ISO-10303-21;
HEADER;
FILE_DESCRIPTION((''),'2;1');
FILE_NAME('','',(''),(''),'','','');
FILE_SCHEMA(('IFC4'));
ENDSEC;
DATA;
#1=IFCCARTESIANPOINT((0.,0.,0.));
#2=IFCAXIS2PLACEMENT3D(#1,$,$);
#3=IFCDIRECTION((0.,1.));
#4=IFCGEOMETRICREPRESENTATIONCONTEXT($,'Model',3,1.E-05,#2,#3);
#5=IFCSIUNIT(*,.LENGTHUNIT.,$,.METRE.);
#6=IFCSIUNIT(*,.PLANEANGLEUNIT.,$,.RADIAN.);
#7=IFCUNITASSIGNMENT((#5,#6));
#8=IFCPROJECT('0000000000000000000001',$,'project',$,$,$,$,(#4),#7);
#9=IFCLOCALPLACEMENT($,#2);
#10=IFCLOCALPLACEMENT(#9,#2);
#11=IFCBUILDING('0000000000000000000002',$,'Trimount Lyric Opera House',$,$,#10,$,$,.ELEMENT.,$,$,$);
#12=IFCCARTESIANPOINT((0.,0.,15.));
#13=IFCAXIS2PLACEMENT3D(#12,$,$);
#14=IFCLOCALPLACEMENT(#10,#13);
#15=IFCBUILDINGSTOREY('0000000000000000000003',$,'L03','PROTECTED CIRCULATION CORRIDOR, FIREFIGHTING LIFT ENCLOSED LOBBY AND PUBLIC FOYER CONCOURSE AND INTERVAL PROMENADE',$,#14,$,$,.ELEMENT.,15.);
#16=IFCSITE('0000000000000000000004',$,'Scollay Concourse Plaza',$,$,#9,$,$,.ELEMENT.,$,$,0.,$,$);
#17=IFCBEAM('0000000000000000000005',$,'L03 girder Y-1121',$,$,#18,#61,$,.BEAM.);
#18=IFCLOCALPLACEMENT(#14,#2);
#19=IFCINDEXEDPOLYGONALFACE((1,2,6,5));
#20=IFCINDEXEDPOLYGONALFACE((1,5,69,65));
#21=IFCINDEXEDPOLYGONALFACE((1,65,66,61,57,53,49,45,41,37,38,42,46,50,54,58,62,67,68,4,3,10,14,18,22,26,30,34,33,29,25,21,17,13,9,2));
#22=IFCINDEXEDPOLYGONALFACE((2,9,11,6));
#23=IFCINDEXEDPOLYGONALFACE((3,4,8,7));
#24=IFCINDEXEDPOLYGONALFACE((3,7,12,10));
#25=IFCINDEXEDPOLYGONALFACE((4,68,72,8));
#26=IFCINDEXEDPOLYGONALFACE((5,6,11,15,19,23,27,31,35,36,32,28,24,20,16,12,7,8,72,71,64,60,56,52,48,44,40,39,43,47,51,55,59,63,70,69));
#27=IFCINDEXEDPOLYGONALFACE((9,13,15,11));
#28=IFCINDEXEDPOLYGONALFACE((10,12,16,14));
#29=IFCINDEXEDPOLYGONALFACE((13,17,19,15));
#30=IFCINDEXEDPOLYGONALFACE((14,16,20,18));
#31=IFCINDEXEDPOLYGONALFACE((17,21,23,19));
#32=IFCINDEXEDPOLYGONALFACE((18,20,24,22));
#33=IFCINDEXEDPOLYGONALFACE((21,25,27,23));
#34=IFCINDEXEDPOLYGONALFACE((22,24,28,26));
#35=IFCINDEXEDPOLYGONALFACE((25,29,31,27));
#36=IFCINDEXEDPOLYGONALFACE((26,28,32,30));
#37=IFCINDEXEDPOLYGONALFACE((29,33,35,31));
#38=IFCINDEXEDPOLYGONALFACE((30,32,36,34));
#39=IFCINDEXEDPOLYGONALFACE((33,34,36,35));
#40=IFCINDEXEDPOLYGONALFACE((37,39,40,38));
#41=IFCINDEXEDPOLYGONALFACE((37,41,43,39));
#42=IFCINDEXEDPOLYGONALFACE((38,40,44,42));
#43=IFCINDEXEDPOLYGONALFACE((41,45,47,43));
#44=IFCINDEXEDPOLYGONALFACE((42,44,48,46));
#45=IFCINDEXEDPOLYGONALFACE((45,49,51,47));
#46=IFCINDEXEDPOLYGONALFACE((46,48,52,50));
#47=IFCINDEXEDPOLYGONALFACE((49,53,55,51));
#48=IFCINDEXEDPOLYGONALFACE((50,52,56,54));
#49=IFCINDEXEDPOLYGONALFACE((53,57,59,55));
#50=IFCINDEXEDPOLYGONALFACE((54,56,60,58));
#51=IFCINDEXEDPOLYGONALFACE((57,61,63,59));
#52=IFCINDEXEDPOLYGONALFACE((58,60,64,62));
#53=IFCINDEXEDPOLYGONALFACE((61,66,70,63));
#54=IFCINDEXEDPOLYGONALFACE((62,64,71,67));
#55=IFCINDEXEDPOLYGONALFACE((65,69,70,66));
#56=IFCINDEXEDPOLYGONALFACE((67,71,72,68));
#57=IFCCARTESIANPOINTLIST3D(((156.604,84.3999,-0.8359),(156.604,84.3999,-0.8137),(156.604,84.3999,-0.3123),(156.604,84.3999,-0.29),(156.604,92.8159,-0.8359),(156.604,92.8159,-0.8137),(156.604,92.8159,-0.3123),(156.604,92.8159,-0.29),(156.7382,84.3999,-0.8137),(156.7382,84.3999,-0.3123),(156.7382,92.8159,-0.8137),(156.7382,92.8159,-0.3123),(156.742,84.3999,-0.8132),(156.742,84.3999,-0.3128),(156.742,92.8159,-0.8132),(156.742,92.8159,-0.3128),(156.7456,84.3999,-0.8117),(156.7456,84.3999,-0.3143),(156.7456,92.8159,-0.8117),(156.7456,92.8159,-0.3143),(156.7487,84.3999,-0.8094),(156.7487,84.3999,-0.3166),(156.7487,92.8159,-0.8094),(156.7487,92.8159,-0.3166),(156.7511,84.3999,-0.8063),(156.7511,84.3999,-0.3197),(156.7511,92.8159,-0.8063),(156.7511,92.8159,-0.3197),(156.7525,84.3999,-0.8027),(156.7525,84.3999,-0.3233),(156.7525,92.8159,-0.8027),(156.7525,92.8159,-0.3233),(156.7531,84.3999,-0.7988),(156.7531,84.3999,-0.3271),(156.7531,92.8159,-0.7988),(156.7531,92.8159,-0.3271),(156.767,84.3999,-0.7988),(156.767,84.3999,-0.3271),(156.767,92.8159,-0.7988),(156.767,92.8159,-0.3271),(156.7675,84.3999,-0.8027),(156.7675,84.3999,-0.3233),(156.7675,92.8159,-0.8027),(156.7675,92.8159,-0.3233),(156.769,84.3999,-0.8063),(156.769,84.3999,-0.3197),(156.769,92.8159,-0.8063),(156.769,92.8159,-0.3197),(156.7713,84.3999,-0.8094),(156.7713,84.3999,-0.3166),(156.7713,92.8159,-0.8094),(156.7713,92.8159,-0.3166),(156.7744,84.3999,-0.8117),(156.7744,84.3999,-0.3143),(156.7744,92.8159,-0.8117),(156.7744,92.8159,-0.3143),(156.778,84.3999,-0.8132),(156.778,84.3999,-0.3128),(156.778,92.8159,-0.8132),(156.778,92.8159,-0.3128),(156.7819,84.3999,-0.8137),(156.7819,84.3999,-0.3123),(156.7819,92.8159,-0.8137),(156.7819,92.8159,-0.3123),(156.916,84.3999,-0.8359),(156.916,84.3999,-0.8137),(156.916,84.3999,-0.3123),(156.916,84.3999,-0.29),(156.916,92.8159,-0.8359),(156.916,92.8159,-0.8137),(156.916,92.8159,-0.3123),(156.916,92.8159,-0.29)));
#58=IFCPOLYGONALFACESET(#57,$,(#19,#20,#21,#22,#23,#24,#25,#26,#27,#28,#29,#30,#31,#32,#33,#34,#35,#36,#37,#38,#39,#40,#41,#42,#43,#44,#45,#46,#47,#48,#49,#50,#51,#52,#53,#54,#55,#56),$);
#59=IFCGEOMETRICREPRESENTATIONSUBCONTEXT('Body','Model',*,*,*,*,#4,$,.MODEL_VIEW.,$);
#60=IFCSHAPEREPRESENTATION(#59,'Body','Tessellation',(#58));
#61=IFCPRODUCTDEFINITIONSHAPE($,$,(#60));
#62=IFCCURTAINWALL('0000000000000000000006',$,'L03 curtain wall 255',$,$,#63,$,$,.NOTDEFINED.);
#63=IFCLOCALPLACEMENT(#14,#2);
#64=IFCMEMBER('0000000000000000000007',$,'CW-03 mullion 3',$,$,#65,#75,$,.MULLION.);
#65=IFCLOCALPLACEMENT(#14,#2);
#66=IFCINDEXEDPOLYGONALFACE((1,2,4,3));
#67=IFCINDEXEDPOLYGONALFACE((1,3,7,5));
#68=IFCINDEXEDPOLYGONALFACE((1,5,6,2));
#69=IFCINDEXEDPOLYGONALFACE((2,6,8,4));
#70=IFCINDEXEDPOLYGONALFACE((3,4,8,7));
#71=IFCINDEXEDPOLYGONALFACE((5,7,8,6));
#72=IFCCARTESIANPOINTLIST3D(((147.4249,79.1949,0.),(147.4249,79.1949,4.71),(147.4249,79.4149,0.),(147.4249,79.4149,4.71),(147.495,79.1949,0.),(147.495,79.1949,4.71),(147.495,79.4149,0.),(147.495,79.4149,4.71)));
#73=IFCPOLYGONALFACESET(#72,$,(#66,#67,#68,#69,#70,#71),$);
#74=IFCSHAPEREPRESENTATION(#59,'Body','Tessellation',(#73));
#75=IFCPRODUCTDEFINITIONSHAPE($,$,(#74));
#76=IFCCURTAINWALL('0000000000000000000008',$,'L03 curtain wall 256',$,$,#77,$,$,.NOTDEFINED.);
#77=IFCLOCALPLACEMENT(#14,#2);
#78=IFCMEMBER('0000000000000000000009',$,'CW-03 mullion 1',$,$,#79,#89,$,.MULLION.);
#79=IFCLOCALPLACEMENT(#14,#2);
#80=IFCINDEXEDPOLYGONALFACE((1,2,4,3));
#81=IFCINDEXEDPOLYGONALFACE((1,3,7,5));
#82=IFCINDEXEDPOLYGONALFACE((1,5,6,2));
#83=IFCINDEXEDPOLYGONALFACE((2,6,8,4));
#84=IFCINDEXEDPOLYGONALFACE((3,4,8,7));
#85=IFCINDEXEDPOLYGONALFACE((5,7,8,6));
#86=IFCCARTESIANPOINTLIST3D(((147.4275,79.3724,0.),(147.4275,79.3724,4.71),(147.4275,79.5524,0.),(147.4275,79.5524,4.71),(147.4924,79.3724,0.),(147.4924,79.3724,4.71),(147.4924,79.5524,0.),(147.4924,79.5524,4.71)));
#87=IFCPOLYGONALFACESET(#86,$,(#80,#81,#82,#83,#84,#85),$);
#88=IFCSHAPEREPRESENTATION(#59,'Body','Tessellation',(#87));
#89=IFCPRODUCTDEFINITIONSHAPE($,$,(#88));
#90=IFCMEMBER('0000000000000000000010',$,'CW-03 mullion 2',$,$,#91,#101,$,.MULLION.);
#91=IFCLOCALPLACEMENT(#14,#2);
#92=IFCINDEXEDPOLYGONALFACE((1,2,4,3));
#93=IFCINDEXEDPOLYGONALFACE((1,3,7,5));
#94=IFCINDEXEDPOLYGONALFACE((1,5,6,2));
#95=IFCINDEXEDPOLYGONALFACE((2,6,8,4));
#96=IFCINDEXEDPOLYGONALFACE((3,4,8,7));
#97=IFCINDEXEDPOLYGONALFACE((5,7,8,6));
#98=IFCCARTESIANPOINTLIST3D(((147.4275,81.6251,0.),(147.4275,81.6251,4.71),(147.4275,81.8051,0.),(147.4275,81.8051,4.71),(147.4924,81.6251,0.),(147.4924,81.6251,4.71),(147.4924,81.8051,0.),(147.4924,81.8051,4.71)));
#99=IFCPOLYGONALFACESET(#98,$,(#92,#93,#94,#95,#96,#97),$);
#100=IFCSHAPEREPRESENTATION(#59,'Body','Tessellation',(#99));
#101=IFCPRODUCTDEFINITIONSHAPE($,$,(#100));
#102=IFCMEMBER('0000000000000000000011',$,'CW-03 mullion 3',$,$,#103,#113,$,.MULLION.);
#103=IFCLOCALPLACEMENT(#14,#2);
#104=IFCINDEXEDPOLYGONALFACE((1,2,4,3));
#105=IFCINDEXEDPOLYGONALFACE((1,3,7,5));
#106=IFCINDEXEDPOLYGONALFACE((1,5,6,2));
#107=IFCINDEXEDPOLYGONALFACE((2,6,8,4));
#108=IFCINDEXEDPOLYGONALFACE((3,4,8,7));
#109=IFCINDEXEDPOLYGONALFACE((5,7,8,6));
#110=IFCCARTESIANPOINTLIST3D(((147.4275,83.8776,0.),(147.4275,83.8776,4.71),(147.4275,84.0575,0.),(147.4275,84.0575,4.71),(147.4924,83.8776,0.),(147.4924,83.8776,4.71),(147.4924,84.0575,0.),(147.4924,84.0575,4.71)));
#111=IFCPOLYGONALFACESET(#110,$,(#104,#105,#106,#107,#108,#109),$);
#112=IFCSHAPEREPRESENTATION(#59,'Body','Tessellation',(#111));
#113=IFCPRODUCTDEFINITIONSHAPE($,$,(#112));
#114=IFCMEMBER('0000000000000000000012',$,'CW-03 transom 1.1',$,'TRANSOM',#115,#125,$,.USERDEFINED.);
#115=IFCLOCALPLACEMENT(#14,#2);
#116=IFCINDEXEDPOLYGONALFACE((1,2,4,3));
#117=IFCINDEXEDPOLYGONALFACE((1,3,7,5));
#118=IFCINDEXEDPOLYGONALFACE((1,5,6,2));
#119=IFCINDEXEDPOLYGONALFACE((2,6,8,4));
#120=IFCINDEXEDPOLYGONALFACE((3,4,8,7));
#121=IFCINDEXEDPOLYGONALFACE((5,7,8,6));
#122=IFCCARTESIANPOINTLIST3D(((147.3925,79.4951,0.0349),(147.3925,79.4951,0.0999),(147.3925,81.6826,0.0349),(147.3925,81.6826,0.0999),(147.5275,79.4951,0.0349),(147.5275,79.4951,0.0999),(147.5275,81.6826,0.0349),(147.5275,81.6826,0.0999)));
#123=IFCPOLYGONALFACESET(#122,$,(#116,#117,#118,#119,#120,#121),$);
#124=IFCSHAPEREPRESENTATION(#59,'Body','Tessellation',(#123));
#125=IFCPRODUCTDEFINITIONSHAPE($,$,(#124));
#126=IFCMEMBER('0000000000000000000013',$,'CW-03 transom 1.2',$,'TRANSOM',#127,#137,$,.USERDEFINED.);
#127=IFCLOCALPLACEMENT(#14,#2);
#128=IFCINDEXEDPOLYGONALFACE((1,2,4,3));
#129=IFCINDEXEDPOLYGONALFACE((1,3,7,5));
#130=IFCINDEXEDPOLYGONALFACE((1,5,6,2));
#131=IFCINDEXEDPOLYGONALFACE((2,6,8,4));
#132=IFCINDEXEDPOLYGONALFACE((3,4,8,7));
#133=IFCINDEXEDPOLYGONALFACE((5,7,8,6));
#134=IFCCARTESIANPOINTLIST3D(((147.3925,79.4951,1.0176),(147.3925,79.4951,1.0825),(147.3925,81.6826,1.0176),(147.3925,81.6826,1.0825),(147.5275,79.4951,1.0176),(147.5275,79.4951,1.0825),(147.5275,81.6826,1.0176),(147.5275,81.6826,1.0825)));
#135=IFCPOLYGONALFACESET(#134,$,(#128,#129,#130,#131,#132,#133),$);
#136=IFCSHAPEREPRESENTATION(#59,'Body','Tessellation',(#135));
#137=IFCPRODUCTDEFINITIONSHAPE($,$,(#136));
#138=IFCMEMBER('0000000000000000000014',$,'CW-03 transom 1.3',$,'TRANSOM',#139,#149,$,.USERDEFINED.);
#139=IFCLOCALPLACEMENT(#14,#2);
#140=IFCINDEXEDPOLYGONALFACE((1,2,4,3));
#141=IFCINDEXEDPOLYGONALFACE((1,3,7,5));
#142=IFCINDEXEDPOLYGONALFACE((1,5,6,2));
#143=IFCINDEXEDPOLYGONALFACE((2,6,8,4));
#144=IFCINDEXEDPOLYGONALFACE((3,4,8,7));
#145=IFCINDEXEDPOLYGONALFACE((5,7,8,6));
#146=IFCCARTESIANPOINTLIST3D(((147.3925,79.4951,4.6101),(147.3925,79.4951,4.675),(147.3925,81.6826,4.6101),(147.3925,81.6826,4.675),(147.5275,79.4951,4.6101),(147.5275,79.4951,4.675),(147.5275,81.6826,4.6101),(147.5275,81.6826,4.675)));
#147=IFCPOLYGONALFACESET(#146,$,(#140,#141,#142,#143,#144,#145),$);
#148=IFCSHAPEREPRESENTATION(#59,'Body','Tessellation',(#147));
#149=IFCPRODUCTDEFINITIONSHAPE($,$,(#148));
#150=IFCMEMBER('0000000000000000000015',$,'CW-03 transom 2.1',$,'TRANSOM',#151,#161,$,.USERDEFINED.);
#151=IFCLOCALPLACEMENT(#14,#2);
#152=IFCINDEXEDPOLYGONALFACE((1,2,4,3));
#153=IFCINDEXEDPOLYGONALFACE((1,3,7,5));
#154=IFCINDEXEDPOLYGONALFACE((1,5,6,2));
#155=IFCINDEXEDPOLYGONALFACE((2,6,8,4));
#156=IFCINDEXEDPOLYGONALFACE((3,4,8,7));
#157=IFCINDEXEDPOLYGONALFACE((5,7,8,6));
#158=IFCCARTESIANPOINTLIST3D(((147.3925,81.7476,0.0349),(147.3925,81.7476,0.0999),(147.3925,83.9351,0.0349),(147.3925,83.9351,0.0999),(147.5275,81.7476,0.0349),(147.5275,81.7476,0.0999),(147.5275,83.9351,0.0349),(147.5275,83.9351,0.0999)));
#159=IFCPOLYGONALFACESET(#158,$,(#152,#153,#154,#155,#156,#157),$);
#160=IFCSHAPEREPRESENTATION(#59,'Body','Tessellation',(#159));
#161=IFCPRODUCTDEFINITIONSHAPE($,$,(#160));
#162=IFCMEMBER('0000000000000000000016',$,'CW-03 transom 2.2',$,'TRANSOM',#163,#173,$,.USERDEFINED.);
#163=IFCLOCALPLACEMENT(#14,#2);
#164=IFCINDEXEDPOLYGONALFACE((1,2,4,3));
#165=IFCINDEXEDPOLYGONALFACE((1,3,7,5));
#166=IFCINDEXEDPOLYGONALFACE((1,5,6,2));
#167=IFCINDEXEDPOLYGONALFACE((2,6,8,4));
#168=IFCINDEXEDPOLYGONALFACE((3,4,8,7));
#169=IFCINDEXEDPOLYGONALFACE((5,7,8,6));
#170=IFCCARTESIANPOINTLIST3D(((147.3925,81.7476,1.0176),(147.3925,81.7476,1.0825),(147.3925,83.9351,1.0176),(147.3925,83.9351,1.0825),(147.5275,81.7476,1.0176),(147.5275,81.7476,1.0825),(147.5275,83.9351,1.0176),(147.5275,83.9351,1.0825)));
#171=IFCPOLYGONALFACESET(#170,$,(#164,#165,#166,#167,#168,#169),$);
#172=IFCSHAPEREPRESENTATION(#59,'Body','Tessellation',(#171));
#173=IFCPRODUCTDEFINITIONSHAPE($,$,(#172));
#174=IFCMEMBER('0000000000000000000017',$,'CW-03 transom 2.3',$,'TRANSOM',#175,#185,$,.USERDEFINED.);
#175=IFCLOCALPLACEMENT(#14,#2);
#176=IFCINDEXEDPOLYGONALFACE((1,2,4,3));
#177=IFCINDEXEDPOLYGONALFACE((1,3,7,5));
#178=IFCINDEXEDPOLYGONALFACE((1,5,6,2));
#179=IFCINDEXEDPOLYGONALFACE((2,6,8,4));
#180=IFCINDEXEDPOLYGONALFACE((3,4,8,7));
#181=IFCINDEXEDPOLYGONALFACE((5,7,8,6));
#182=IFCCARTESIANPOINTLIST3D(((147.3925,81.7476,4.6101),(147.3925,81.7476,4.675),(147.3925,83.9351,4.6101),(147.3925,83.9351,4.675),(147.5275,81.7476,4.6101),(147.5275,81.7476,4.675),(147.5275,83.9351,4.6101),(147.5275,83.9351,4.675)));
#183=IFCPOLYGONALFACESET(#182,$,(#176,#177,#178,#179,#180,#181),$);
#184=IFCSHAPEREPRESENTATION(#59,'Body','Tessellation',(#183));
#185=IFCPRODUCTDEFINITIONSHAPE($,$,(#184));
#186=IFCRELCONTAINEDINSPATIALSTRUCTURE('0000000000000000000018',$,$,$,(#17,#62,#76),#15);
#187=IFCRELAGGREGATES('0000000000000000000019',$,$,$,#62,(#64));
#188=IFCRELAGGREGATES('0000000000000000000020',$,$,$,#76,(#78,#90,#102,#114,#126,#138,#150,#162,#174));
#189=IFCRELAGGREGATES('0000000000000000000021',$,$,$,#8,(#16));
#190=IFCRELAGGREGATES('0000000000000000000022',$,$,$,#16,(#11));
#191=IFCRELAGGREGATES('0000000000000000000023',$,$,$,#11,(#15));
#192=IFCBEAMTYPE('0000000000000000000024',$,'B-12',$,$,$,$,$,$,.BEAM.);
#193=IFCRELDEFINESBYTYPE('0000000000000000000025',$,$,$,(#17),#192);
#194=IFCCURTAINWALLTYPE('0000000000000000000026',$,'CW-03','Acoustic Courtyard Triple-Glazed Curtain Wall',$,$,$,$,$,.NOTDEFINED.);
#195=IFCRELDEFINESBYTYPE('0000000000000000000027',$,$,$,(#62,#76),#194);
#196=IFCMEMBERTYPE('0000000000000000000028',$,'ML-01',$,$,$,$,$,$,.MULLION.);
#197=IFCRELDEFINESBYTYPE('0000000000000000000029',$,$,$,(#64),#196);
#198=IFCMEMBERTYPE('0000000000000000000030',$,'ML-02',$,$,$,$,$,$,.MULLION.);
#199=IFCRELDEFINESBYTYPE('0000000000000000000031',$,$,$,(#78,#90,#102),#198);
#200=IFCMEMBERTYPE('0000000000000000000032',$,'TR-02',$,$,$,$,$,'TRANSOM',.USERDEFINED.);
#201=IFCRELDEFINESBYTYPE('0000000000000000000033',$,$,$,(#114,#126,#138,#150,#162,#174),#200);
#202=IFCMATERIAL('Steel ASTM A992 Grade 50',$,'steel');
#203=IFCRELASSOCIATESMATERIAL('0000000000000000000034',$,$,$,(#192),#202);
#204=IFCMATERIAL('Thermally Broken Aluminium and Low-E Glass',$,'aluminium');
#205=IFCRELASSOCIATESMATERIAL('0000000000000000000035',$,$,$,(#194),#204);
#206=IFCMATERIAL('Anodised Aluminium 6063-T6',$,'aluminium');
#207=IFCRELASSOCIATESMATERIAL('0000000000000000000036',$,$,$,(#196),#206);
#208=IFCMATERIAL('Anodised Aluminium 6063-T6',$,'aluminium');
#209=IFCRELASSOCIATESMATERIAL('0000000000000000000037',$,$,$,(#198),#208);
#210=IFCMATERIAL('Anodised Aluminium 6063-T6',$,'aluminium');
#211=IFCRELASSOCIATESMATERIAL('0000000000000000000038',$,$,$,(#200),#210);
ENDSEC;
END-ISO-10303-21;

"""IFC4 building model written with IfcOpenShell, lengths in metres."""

from ifc_helpers import new_model, si_unit, direction, frame, origin, origin_2d, place, context, subcontext, project, spatial, rectangle, i_section, extrude, material, material_profile, profile_set, type_object, element, aggregate, save


model = new_model("IFC4")

# Units and contexts
model_context = context("Model", 3, precision=1e-05, world=origin(), true_north=direction((0.0, 1.0)))
body_context = subcontext(model_context, "Body", "Model", "MODEL_VIEW")
ifc_project = project(units=[si_unit("LENGTHUNIT", "METRE"), si_unit("PLANEANGLEUNIT", "RADIAN")], contexts=[model_context])

# Site, building, storey
site_placement = place(None, origin())
site = spatial("IfcSite", under=ifc_project, at=site_placement, Name="Scollay Concourse Plaza", CompositionType="ELEMENT", RefElevation=0.0)
building_placement = place(site_placement, origin())
building = spatial("IfcBuilding", under=site, at=building_placement, Name="Trimount Lyric Opera House", CompositionType="ELEMENT")
storey_placement = place(building_placement, frame((0.0, 0.0, 15.0)))
storey = spatial("IfcBuildingStorey", under=building, at=storey_placement, Name="L03", Description="PROTECTED CIRCULATION CORRIDOR, FIREFIGHTING LIFT ENCLOSED LOBBY AND PUBLIC FOYER CONCOURSE AND INTERVAL PROMENADE", CompositionType="ELEMENT", Elevation=15.0)

# Beam
ifc_material_1 = material(Name="Steel ASTM A992 Grade 50", Category="steel")
ifc_material_profile_1 = material_profile(ifc_material_1, i_section(OverallWidth=0.312, OverallDepth=0.5459, WebThickness=0.0139, FlangeThickness=0.0222, FilletRadius=0.0149, at=origin_2d()), Name="W21X111")
ifc_profile_set_1 = profile_set([ifc_material_profile_1], Name="Steel ASTM A992 Grade 50")
beam_type = type_object("IfcBeamType", Name="B-12", PredefinedType="BEAM", material=ifc_profile_set_1)
beam_placement = place(storey_placement, frame((156.76, 84.3999, -0.563), z_axis=(0.0, 1.0, 0.0), x_axis=(-1.0, 0.0, 0.0)))
element("IfcBeam", 1, at=beam_placement, inside=storey, type_object=beam_type, Name="L03 girder Y-1121", PredefinedType="BEAM", context=body_context, shape_type="SweptSolid", body=[
    extrude(i_section(OverallWidth=0.312, OverallDepth=0.5459, WebThickness=0.0139, FlangeThickness=0.0222, FilletRadius=0.0149, at=origin_2d()), origin(), (0.0, 0.0, 1.0), 8.416),
])

# Curtain wall, member
ifc_material_2 = material(Name="Thermally Broken Aluminium and Low-E Glass", Category="aluminium")
curtain_wall_type = type_object("IfcCurtainWallType", Name="CW-03", Description="Acoustic Courtyard Triple-Glazed Curtain Wall", PredefinedType="NOTDEFINED", material=ifc_material_2)
curtain_wall_1_placement = place(storey_placement, origin())
curtain_wall_1 = element("IfcCurtainWall", 2, at=curtain_wall_1_placement, inside=storey, type_object=curtain_wall_type, Name="L03 curtain wall 255", PredefinedType="NOTDEFINED")
ifc_material_3 = material(Name="Anodised Aluminium 6063-T6", Category="aluminium")
ifc_material_profile_2 = material_profile(ifc_material_3, rectangle(XDim=0.0701, YDim=0.22, at=origin_2d()), Name="ALU-MULL-70X220")
ifc_profile_set_2 = profile_set([ifc_material_profile_2], Name="Anodised Aluminium 6063-T6")
member_type_1 = type_object("IfcMemberType", Name="ML-01", PredefinedType="MULLION", material=ifc_profile_set_2)
member_1_placement = place(storey_placement, frame((147.46, 79.3049, 0.0), z_axis=(0.0, 0.0, 1.0), x_axis=(-1.0, 0.0, 0.0)))
member_1 = element("IfcMember", 3, at=member_1_placement, type_object=member_type_1, Name="CW-03 mullion 3", PredefinedType="MULLION", context=body_context, shape_type="SweptSolid", body=[
    extrude(rectangle(XDim=0.0701, YDim=0.22, at=origin_2d()), origin(), (0.0, 0.0, 1.0), 4.71),
])

# Curtain wall, members
curtain_wall_2_placement = place(storey_placement, origin())
curtain_wall_2 = element("IfcCurtainWall", 4, at=curtain_wall_2_placement, inside=storey, type_object=curtain_wall_type, Name="L03 curtain wall 256", PredefinedType="NOTDEFINED")
ifc_material_4 = material(Name="Anodised Aluminium 6063-T6", Category="aluminium")
ifc_material_profile_3 = material_profile(ifc_material_4, rectangle(XDim=0.0649, YDim=0.1799, at=origin_2d()), Name="ALU-MULL-65X180")
ifc_profile_set_3 = profile_set([ifc_material_profile_3], Name="Anodised Aluminium 6063-T6")
member_type_2 = type_object("IfcMemberType", Name="ML-02", PredefinedType="MULLION", material=ifc_profile_set_3)
member_2_placement = place(storey_placement, frame((147.46, 79.4624, 0.0), z_axis=(0.0, 0.0, 1.0), x_axis=(-1.0, 0.0, 0.0)))
member_2 = element("IfcMember", 5, at=member_2_placement, type_object=member_type_2, Name="CW-03 mullion 1", PredefinedType="MULLION", context=body_context, shape_type="SweptSolid", body=[
    extrude(rectangle(XDim=0.0649, YDim=0.1799, at=origin_2d()), origin(), (0.0, 0.0, 1.0), 4.71),
])
member_3_placement = place(storey_placement, frame((147.46, 81.7151, 0.0), z_axis=(0.0, 0.0, 1.0), x_axis=(-1.0, 0.0, 0.0)))
member_3 = element("IfcMember", 6, at=member_3_placement, type_object=member_type_2, Name="CW-03 mullion 2", PredefinedType="MULLION", context=body_context, shape_type="SweptSolid", body=[
    extrude(rectangle(XDim=0.0649, YDim=0.1799, at=origin_2d()), origin(), (0.0, 0.0, 1.0), 4.71),
])
member_4_placement = place(storey_placement, frame((147.46, 83.9675, 0.0), z_axis=(0.0, 0.0, 1.0), x_axis=(-1.0, 0.0, 0.0)))
member_4 = element("IfcMember", 7, at=member_4_placement, type_object=member_type_2, Name="CW-03 mullion 3", PredefinedType="MULLION", context=body_context, shape_type="SweptSolid", body=[
    extrude(rectangle(XDim=0.0649, YDim=0.1799, at=origin_2d()), origin(), (0.0, 0.0, 1.0), 4.71),
])
ifc_material_5 = material(Name="Anodised Aluminium 6063-T6", Category="aluminium")
ifc_material_profile_4 = material_profile(ifc_material_5, rectangle(XDim=0.135, YDim=0.0649, at=origin_2d()), Name="ALU-TRAN-65X135")
ifc_profile_set_4 = profile_set([ifc_material_profile_4], Name="Anodised Aluminium 6063-T6")
member_type_3 = type_object("IfcMemberType", Name="TR-02", ElementType="TRANSOM", PredefinedType="USERDEFINED", material=ifc_profile_set_4)
member_5_placement = place(storey_placement, frame((147.46, 79.4951, 0.0674), z_axis=(0.0, 1.0, 0.0), x_axis=(-1.0, 0.0, 0.0)))
member_5 = element("IfcMember", 8, at=member_5_placement, type_object=member_type_3, Name="CW-03 transom 1.1", ObjectType="TRANSOM", PredefinedType="USERDEFINED", context=body_context, shape_type="SweptSolid", body=[
    extrude(rectangle(XDim=0.135, YDim=0.0649, at=origin_2d()), origin(), (0.0, 0.0, 1.0), 2.1875),
])
member_6_placement = place(storey_placement, frame((147.46, 79.4951, 1.05), z_axis=(0.0, 1.0, 0.0), x_axis=(-1.0, 0.0, 0.0)))
member_6 = element("IfcMember", 9, at=member_6_placement, type_object=member_type_3, Name="CW-03 transom 1.2", ObjectType="TRANSOM", PredefinedType="USERDEFINED", context=body_context, shape_type="SweptSolid", body=[
    extrude(rectangle(XDim=0.135, YDim=0.0649, at=origin_2d()), origin(), (0.0, 0.0, 1.0), 2.1875),
])
member_7_placement = place(storey_placement, frame((147.46, 79.4951, 4.6426), z_axis=(0.0, 1.0, 0.0), x_axis=(-1.0, 0.0, 0.0)))
member_7 = element("IfcMember", 10, at=member_7_placement, type_object=member_type_3, Name="CW-03 transom 1.3", ObjectType="TRANSOM", PredefinedType="USERDEFINED", context=body_context, shape_type="SweptSolid", body=[
    extrude(rectangle(XDim=0.135, YDim=0.0649, at=origin_2d()), origin(), (0.0, 0.0, 1.0), 2.1875),
])
member_8_placement = place(storey_placement, frame((147.46, 81.7476, 0.0674), z_axis=(0.0, 1.0, 0.0), x_axis=(-1.0, 0.0, 0.0)))
member_8 = element("IfcMember", 11, at=member_8_placement, type_object=member_type_3, Name="CW-03 transom 2.1", ObjectType="TRANSOM", PredefinedType="USERDEFINED", context=body_context, shape_type="SweptSolid", body=[
    extrude(rectangle(XDim=0.135, YDim=0.0649, at=origin_2d()), origin(), (0.0, 0.0, 1.0), 2.1875),
])
member_9_placement = place(storey_placement, frame((147.46, 81.7476, 1.05), z_axis=(0.0, 1.0, 0.0), x_axis=(-1.0, 0.0, 0.0)))
member_9 = element("IfcMember", 12, at=member_9_placement, type_object=member_type_3, Name="CW-03 transom 2.2", ObjectType="TRANSOM", PredefinedType="USERDEFINED", context=body_context, shape_type="SweptSolid", body=[
    extrude(rectangle(XDim=0.135, YDim=0.0649, at=origin_2d()), origin(), (0.0, 0.0, 1.0), 2.1875),
])
member_10_placement = place(storey_placement, frame((147.46, 81.7476, 4.6426), z_axis=(0.0, 1.0, 0.0), x_axis=(-1.0, 0.0, 0.0)))
member_10 = element("IfcMember", 13, at=member_10_placement, type_object=member_type_3, Name="CW-03 transom 2.3", ObjectType="TRANSOM", PredefinedType="USERDEFINED", context=body_context, shape_type="SweptSolid", body=[
    extrude(rectangle(XDim=0.135, YDim=0.0649, at=origin_2d()), origin(), (0.0, 0.0, 1.0), 2.1875),
])

aggregate(curtain_wall_1, [member_1])
aggregate(curtain_wall_2, [member_2, member_3, member_4, member_5, member_6, member_7, member_8, member_9, member_10])

save(model, "model.ifc")
